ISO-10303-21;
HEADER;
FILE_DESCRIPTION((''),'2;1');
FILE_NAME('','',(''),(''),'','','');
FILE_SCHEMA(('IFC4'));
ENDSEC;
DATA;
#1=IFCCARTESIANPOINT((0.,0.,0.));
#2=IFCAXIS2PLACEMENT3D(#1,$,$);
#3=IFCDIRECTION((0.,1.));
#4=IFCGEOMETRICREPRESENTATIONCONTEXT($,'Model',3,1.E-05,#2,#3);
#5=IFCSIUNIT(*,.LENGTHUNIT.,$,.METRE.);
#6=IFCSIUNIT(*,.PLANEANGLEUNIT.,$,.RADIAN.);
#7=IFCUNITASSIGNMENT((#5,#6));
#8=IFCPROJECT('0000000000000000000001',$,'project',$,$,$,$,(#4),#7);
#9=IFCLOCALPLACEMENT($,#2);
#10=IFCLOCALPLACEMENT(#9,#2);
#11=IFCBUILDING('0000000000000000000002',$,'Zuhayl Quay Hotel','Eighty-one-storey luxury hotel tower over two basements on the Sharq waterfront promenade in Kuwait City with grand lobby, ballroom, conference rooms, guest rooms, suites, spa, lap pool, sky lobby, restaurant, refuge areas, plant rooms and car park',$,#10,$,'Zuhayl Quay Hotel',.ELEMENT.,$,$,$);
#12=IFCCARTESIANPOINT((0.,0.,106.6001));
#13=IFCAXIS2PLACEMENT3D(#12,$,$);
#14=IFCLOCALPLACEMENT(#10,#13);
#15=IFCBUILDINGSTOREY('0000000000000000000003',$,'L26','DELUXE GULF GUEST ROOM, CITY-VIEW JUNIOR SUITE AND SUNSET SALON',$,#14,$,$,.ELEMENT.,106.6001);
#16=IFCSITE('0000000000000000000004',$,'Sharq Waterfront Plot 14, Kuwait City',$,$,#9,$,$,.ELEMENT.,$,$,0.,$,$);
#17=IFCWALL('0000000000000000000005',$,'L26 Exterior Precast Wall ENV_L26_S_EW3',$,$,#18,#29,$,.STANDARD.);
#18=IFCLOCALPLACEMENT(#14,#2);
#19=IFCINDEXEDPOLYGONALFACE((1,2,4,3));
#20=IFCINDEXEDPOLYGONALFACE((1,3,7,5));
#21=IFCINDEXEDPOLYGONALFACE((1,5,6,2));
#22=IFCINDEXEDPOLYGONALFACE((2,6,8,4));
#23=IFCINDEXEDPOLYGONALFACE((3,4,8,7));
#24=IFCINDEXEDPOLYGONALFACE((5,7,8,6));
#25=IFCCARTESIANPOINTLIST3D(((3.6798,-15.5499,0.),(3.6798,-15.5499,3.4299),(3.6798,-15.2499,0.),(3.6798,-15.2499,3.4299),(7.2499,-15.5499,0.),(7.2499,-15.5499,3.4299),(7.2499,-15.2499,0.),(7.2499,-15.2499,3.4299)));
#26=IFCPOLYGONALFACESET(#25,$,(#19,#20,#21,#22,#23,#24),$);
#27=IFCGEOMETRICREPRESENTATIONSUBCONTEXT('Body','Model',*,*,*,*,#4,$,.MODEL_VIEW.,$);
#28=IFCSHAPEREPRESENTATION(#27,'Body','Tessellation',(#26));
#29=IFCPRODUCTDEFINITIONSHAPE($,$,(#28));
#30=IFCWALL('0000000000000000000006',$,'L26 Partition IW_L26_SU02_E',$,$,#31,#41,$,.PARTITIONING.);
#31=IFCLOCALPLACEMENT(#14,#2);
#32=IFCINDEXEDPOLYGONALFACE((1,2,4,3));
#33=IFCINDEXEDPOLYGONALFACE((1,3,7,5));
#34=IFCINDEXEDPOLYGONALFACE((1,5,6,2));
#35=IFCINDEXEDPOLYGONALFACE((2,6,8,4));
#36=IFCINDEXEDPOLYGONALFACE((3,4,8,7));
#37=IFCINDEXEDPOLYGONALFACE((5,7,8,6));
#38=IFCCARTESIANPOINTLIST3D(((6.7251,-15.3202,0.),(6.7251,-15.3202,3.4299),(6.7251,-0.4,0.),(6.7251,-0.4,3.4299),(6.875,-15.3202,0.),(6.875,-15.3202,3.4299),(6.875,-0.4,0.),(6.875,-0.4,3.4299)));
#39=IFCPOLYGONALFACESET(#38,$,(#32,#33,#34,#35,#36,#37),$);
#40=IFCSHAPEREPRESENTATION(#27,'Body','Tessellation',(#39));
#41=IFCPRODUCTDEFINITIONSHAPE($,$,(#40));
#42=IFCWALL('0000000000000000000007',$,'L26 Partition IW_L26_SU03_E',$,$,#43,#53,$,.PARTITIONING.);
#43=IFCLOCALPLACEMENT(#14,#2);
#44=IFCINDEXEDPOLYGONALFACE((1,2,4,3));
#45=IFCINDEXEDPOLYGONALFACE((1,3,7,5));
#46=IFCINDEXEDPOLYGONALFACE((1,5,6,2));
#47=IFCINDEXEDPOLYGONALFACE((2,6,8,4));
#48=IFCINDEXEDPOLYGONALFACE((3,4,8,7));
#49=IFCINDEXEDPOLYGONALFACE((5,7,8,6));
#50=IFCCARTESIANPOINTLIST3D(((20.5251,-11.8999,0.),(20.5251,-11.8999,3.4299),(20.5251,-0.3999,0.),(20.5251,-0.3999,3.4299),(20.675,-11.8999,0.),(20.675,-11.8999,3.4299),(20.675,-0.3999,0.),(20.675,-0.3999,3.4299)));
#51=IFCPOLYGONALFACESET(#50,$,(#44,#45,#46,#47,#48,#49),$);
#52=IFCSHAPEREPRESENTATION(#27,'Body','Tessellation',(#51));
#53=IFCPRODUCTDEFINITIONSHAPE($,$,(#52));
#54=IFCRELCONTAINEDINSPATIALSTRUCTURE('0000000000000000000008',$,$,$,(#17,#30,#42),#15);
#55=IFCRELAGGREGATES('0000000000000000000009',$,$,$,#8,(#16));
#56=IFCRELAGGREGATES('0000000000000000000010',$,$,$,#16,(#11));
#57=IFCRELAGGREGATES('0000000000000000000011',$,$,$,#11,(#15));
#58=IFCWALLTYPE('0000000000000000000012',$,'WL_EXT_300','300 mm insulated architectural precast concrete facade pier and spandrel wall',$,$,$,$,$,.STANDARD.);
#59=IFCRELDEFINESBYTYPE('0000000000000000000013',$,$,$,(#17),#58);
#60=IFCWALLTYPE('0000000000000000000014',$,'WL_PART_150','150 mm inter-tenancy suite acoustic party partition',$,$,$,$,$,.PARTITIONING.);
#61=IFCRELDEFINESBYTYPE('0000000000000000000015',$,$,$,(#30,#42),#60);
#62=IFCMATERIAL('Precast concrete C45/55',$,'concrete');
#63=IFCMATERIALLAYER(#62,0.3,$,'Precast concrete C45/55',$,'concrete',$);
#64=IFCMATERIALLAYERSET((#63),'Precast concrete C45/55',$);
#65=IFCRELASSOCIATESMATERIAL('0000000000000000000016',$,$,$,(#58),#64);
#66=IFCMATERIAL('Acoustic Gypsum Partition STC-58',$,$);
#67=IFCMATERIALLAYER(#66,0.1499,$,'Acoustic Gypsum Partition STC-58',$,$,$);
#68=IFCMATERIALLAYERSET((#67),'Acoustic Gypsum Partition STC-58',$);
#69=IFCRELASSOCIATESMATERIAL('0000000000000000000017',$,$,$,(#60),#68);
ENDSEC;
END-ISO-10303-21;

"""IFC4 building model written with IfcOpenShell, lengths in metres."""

from ifc_helpers import new_model, si_unit, direction, frame, frame_2d, origin, place, context, subcontext, project, spatial, rectangle, extrude, material, layer, layer_set, type_object, element, save


model = new_model("IFC4")

# Units and contexts
model_context = context("Model", 3, precision=1e-05, world=origin(), true_north=direction((0.0, 1.0)))
body_context = subcontext(model_context, "Body", "Model", "MODEL_VIEW")
ifc_project = project(units=[si_unit("LENGTHUNIT", "METRE"), si_unit("PLANEANGLEUNIT", "RADIAN")], contexts=[model_context])

# Site, building, storey
site_placement = place(None, origin())
site = spatial("IfcSite", under=ifc_project, at=site_placement, Name="Sharq Waterfront Plot 14, Kuwait City", CompositionType="ELEMENT", RefElevation=0.0)
building_placement = place(site_placement, origin())
building = spatial("IfcBuilding", under=site, at=building_placement, Name="Zuhayl Quay Hotel", Description="Eighty-one-storey luxury hotel tower over two basements on the Sharq waterfront promenade in Kuwait City with grand lobby, ballroom, conference rooms, guest rooms, suites, spa, lap pool, sky lobby, restaurant, refuge areas, plant rooms and car park", LongName="Zuhayl Quay Hotel", CompositionType="ELEMENT")
storey_placement = place(building_placement, frame((0.0, 0.0, 106.6001)))
storey = spatial("IfcBuildingStorey", under=building, at=storey_placement, Name="L26", Description="DELUXE GULF GUEST ROOM, CITY-VIEW JUNIOR SUITE AND SUNSET SALON", CompositionType="ELEMENT", Elevation=106.6001)

# Shared definitions
ifc_material_1 = material(Name="Precast concrete C45/55", Category="concrete")
ifc_layer_1 = layer(ifc_material_1, 0.3, Name="Precast concrete C45/55", Category="concrete")
ifc_layer_set_1 = layer_set([ifc_layer_1], Name="Precast concrete C45/55")
wall_type_1 = type_object("IfcWallType", Name="WL_EXT_300", Description="300 mm insulated architectural precast concrete facade pier and spandrel wall", PredefinedType="STANDARD", material=ifc_layer_set_1)

# Walls
wall_1_placement = place(storey_placement, frame((7.25, -15.3999, 0.0), z_axis=(0.0, 0.0, 1.0), x_axis=(-1.0, 0.0, 0.0)))
element("IfcWall", 1, at=wall_1_placement, inside=storey, type_object=wall_type_1, Name="L26 Exterior Precast Wall ENV_L26_S_EW3", PredefinedType="STANDARD", context=body_context, shape_type="SweptSolid", body=[
    extrude(rectangle(XDim=3.5701, YDim=0.3, at=frame_2d((1.7852, 0.0))), origin(), (0.0, 0.0, 1.0), 3.4299),
])
ifc_material_2 = material(Name="Acoustic Gypsum Partition STC-58")
ifc_layer_2 = layer(ifc_material_2, 0.1499, Name="Acoustic Gypsum Partition STC-58")
ifc_layer_set_2 = layer_set([ifc_layer_2], Name="Acoustic Gypsum Partition STC-58")
wall_type_2 = type_object("IfcWallType", Name="WL_PART_150", Description="150 mm inter-tenancy suite acoustic party partition", PredefinedType="PARTITIONING", material=ifc_layer_set_2)
wall_2_placement = place(storey_placement, frame((6.8, -15.3201, 0.0), z_axis=(0.0, 0.0, 1.0), x_axis=(0.0, 1.0, 0.0)))
element("IfcWall", 2, at=wall_2_placement, inside=storey, type_object=wall_type_2, Name="L26 Partition IW_L26_SU02_E", PredefinedType="PARTITIONING", context=body_context, shape_type="SweptSolid", body=[
    extrude(rectangle(XDim=14.9202, YDim=0.1499, at=frame_2d((7.46, 0.0))), origin(), (0.0, 0.0, 1.0), 3.4299),
])
wall_3_placement = place(storey_placement, frame((20.6001, -11.8999, 0.0), z_axis=(0.0, 0.0, 1.0), x_axis=(0.0, 1.0, 0.0)))
element("IfcWall", 3, at=wall_3_placement, inside=storey, type_object=wall_type_2, Name="L26 Partition IW_L26_SU03_E", PredefinedType="PARTITIONING", context=body_context, shape_type="SweptSolid", body=[
    extrude(rectangle(XDim=11.5, YDim=0.1499, at=frame_2d((5.75, 0.0))), origin(), (0.0, 0.0, 1.0), 3.4299),
])

save(model, "model.ifc")
